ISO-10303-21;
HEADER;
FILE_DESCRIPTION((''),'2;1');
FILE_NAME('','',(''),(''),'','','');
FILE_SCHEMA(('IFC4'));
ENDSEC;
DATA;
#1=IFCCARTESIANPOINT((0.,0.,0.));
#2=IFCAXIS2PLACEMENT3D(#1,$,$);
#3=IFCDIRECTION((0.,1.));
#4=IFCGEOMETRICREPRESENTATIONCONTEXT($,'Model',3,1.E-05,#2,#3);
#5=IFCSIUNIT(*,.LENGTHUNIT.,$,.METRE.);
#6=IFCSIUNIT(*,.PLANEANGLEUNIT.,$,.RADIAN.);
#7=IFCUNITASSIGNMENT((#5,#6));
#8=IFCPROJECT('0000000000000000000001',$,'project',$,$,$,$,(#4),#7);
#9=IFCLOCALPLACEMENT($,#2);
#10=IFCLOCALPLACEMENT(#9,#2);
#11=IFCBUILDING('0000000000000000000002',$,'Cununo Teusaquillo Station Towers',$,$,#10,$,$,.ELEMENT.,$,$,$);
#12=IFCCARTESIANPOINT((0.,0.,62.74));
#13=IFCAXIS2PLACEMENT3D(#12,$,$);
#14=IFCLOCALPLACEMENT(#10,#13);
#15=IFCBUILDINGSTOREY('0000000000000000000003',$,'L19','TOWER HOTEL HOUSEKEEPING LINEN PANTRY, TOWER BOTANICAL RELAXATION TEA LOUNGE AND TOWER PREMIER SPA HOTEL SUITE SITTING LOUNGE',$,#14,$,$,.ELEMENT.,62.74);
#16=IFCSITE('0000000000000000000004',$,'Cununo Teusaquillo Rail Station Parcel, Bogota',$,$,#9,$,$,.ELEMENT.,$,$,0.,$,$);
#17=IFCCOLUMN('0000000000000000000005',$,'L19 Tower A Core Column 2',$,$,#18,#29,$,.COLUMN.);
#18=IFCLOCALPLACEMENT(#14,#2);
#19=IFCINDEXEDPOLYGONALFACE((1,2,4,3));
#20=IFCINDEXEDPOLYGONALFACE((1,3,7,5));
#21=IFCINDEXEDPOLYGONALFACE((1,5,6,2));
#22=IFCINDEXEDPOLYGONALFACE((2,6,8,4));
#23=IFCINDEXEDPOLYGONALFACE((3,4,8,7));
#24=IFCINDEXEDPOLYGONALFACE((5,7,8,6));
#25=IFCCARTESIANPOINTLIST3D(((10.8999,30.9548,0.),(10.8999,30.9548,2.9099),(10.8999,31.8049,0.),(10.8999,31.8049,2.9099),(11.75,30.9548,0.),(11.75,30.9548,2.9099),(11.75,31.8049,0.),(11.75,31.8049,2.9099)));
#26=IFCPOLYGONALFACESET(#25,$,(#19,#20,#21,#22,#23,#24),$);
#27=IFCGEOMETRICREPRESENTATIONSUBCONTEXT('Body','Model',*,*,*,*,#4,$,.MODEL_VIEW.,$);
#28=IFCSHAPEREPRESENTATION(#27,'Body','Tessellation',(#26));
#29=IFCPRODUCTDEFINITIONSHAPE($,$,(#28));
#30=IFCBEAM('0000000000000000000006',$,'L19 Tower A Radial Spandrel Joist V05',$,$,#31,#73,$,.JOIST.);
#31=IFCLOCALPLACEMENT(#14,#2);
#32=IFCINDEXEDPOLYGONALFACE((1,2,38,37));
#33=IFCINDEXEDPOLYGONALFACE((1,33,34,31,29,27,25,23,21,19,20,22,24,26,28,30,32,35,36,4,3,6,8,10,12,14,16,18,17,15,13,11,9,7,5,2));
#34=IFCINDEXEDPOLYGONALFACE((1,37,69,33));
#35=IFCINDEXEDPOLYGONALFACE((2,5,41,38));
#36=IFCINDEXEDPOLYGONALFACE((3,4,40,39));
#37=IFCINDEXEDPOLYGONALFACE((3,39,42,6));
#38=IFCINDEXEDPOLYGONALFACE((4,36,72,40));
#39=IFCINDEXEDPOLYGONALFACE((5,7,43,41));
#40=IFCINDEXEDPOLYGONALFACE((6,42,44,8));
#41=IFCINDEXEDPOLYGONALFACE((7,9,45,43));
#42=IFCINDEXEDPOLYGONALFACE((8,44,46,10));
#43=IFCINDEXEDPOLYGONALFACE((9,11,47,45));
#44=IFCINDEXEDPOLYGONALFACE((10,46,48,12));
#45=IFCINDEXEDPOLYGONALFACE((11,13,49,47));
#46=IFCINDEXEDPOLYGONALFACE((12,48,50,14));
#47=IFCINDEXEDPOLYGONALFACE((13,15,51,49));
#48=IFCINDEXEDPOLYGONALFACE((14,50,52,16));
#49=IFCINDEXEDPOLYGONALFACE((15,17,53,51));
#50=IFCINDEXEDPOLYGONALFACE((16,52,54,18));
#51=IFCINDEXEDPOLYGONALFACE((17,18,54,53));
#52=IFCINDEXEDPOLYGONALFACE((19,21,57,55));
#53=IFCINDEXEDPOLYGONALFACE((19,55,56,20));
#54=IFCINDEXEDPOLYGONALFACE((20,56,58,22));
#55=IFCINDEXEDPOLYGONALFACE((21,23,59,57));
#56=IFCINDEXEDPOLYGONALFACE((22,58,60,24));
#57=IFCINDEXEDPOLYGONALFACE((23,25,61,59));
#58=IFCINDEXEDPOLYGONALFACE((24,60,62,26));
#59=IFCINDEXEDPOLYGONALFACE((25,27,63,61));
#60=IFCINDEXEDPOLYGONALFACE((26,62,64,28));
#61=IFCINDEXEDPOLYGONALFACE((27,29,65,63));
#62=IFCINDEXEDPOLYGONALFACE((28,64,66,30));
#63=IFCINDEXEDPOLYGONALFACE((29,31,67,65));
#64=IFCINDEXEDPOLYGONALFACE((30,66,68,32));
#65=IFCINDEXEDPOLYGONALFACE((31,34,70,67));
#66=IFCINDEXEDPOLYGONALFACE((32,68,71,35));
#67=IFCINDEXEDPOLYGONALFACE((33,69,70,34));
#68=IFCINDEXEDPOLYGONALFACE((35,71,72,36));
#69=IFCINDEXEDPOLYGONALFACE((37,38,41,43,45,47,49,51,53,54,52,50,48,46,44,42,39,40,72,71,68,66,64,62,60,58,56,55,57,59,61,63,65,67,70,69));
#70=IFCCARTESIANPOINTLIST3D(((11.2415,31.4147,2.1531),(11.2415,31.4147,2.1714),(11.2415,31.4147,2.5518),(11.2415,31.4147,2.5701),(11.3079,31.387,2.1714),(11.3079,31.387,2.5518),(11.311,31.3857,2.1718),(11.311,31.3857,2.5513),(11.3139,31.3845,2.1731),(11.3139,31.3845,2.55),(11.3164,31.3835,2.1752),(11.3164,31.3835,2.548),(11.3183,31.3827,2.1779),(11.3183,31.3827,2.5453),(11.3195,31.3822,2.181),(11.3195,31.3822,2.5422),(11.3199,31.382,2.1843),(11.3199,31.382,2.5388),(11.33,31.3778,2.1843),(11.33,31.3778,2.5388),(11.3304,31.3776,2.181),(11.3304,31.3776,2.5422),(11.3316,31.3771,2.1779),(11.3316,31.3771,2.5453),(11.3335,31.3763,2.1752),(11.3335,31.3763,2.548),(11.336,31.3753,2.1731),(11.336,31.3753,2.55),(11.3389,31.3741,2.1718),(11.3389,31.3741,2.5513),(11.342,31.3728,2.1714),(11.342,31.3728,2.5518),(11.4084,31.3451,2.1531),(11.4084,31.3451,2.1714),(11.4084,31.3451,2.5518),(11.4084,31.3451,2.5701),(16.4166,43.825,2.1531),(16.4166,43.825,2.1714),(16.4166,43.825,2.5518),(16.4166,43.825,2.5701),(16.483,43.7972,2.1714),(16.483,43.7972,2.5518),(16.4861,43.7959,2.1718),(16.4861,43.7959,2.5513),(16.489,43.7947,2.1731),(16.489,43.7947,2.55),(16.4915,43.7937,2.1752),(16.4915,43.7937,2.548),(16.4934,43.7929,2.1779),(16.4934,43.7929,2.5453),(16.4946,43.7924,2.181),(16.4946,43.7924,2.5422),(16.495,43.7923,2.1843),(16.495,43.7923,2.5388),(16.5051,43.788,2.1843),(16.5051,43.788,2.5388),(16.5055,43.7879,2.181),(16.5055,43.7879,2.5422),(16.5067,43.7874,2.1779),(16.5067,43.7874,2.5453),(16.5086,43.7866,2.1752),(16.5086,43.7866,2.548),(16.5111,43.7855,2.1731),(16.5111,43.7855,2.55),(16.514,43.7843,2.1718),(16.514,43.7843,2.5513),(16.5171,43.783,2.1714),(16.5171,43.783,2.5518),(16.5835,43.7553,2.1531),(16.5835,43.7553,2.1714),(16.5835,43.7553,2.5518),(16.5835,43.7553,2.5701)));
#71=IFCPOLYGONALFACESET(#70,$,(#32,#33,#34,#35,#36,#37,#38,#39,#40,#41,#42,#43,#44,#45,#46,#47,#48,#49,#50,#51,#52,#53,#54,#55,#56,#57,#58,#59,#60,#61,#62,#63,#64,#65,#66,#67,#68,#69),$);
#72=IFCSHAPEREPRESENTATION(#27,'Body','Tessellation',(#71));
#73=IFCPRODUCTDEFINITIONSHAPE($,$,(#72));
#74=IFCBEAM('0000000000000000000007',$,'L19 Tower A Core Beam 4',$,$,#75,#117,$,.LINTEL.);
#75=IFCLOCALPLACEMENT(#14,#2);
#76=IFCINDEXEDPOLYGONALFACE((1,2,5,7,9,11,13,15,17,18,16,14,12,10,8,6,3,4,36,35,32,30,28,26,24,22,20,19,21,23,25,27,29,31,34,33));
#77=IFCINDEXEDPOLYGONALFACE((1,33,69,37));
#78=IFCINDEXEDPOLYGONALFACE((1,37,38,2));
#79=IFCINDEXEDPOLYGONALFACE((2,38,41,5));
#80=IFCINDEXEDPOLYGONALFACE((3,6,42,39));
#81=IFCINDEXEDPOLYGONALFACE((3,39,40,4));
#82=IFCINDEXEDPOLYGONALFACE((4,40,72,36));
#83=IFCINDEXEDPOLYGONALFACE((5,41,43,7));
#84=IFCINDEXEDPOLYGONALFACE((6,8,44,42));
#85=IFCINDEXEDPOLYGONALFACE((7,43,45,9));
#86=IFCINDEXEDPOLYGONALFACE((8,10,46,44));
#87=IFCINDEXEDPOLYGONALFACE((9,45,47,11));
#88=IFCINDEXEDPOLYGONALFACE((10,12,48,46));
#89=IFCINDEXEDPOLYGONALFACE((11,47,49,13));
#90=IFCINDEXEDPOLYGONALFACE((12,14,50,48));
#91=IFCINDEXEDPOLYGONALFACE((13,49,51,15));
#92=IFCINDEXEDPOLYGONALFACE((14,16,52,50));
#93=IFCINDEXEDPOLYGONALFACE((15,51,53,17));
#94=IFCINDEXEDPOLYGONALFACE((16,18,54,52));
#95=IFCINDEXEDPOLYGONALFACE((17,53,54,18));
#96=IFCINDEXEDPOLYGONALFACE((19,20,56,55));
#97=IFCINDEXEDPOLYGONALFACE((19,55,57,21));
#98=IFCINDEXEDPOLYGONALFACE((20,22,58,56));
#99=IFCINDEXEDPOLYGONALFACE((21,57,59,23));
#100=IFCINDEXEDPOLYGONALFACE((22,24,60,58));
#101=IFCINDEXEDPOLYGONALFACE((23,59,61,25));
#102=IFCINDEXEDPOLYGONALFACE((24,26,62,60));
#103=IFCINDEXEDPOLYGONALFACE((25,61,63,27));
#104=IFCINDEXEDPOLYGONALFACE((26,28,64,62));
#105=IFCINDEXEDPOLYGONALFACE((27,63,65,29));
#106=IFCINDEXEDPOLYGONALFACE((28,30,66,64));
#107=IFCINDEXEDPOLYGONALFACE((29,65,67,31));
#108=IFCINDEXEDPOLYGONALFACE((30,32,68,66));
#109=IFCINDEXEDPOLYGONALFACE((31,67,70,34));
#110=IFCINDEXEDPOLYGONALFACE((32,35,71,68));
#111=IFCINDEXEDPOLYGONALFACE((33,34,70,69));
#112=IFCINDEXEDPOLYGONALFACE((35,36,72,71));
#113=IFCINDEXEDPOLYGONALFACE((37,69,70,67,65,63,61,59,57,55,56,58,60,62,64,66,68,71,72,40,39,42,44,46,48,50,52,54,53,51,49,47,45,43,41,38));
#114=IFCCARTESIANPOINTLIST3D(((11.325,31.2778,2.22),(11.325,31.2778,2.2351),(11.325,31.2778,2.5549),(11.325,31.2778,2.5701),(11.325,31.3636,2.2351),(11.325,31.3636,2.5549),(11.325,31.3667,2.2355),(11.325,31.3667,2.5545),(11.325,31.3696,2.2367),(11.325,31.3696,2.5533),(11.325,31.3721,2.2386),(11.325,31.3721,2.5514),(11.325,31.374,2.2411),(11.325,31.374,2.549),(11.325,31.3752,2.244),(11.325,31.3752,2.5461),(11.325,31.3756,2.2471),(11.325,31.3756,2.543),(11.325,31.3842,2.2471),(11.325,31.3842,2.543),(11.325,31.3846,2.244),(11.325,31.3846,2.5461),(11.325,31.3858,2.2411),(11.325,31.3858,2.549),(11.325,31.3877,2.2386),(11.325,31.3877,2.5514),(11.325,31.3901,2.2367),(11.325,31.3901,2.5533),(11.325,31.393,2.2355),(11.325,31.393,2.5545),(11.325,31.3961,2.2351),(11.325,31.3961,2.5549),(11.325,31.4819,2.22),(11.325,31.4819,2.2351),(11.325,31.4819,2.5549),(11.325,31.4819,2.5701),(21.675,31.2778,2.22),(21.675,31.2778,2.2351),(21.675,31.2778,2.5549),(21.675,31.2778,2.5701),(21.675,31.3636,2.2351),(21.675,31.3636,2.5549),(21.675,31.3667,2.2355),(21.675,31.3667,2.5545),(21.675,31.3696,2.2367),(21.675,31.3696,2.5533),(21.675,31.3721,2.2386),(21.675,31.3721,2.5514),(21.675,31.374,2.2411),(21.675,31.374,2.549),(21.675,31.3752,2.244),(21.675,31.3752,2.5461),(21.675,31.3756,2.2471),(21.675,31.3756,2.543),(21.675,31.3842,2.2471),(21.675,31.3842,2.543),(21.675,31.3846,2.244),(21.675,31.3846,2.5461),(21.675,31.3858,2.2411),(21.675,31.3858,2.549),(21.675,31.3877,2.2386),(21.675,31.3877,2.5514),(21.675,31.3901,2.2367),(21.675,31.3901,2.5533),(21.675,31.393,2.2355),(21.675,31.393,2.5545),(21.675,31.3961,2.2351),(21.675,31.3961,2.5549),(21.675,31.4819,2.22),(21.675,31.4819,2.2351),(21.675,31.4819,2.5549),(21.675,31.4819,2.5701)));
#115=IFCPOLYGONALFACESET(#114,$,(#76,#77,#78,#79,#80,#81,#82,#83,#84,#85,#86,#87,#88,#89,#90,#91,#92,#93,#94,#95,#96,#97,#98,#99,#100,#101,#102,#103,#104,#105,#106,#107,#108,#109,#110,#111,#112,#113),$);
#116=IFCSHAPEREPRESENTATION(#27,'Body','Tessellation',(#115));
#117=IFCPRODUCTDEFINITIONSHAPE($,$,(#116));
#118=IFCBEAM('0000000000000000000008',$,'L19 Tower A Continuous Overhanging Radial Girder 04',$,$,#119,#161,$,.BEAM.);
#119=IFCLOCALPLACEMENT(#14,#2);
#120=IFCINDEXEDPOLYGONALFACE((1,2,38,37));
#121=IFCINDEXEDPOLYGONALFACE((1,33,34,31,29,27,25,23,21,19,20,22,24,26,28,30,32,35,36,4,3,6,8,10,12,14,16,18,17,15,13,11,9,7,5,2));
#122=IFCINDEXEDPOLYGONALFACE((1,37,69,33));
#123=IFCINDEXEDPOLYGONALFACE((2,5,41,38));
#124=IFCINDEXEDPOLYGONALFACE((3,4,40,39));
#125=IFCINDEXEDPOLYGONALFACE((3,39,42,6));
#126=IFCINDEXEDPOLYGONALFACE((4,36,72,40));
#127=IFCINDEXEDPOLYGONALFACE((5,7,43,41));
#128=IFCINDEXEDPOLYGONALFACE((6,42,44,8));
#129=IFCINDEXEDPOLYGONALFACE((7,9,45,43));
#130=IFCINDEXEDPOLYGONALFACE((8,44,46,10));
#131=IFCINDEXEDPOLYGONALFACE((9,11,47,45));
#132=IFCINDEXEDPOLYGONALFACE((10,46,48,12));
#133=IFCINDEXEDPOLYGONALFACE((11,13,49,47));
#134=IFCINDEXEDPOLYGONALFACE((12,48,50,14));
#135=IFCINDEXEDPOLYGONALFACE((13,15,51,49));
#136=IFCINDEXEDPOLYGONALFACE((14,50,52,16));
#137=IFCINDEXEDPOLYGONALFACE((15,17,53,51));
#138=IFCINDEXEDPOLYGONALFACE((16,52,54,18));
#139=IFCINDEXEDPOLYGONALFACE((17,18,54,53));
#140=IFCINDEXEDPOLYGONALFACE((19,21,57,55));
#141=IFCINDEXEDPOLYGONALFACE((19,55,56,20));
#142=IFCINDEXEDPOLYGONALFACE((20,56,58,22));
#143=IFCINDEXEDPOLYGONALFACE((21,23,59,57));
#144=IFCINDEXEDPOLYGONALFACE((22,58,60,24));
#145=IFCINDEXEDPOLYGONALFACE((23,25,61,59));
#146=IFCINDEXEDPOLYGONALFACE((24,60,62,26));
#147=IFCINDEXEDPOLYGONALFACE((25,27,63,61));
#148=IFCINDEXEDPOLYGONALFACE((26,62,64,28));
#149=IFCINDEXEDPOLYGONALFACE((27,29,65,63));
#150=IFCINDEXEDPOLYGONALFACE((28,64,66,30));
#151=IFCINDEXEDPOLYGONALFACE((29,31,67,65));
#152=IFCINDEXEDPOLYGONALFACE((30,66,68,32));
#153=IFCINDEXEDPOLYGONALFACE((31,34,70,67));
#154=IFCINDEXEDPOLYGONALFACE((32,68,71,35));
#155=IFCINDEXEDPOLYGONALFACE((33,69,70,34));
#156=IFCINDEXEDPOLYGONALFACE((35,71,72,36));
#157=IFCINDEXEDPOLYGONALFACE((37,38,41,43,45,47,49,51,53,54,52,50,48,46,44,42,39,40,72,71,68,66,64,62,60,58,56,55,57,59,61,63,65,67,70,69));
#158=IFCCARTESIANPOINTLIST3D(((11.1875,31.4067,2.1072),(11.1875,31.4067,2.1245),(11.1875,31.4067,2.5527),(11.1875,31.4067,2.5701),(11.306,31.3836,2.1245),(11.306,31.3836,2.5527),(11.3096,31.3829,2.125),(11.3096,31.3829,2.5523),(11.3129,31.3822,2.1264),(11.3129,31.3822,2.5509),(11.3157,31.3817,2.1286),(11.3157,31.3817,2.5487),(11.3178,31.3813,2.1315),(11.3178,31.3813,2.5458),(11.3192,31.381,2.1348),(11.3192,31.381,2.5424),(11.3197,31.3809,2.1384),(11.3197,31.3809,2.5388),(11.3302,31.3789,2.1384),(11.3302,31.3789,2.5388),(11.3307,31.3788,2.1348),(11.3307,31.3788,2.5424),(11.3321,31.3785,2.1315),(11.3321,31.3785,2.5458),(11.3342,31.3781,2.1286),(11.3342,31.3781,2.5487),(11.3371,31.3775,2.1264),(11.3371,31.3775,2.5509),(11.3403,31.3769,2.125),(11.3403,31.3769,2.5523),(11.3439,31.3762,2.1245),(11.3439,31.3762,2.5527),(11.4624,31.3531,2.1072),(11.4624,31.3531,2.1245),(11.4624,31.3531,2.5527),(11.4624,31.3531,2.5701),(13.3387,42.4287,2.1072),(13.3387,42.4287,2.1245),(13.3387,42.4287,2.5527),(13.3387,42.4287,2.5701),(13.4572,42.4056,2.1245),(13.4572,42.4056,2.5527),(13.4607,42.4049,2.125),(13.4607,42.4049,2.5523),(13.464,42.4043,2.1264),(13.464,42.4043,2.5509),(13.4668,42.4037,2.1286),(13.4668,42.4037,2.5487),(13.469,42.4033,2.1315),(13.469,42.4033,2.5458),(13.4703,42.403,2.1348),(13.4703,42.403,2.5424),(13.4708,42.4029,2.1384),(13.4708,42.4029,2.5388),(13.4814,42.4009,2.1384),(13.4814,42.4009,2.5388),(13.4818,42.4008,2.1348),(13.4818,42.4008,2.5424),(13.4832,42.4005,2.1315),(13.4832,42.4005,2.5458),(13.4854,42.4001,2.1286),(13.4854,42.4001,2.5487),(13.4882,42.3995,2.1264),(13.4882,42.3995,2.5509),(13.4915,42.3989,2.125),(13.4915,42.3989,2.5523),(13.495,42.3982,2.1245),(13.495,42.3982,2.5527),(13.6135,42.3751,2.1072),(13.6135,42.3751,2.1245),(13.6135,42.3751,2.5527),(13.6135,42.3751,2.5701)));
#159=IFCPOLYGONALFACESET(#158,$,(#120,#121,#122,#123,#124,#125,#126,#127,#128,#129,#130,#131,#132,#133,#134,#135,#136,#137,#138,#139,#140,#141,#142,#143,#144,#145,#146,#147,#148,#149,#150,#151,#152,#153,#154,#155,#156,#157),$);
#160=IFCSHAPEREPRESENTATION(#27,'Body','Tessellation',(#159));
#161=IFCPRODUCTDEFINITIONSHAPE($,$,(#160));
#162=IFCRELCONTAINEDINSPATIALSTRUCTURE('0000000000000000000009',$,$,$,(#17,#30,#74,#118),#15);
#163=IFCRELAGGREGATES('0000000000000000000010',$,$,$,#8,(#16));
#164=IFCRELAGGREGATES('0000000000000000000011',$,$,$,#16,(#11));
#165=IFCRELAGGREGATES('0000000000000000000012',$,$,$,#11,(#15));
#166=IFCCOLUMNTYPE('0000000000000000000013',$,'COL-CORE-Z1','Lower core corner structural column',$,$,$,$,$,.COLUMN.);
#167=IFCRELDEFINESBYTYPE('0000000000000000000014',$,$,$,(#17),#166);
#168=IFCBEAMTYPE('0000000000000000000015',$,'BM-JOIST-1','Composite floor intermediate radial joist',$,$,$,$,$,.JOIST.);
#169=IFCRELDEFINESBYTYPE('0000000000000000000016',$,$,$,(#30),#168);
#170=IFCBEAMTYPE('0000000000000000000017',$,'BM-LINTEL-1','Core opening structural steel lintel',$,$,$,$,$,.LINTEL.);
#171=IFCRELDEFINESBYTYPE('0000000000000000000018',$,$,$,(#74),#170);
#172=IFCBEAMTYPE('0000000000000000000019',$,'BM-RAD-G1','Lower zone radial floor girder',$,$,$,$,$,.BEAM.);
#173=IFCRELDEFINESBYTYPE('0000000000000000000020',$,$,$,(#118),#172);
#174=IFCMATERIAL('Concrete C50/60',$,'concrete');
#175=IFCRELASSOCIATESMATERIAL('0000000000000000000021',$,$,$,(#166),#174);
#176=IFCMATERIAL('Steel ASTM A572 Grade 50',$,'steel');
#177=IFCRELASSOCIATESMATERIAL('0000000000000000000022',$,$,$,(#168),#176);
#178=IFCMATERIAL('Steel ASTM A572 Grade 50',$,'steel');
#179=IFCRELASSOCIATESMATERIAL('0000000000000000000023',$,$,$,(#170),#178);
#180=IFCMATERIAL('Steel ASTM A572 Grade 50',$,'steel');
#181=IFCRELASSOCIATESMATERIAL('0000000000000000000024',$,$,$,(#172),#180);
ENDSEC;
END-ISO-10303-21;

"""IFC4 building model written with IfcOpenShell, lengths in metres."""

from ifc_helpers import new_model, si_unit, direction, frame, origin, origin_2d, place, context, subcontext, project, spatial, rectangle, i_section, extrude, material, material_profile, profile_set, type_object, element, save


model = new_model("IFC4")

# Units and contexts
model_context = context("Model", 3, precision=1e-05, world=origin(), true_north=direction((0.0, 1.0)))
body_context = subcontext(model_context, "Body", "Model", "MODEL_VIEW")
ifc_project = project(units=[si_unit("LENGTHUNIT", "METRE"), si_unit("PLANEANGLEUNIT", "RADIAN")], contexts=[model_context])

# Site, building, storey
site_placement = place(None, origin())
site = spatial("IfcSite", under=ifc_project, at=site_placement, Name="Cununo Teusaquillo Rail Station Parcel, Bogota", CompositionType="ELEMENT", RefElevation=0.0)
building_placement = place(site_placement, origin())
building = spatial("IfcBuilding", under=site, at=building_placement, Name="Cununo Teusaquillo Station Towers", CompositionType="ELEMENT")
storey_placement = place(building_placement, frame((0.0, 0.0, 62.74)))
storey = spatial("IfcBuildingStorey", under=building, at=storey_placement, Name="L19", Description="TOWER HOTEL HOUSEKEEPING LINEN PANTRY, TOWER BOTANICAL RELAXATION TEA LOUNGE AND TOWER PREMIER SPA HOTEL SUITE SITTING LOUNGE", CompositionType="ELEMENT", Elevation=62.74)

# Column
ifc_material_1 = material(Name="Concrete C50/60", Category="concrete")
ifc_material_profile_1 = material_profile(ifc_material_1, rectangle(XDim=0.8501, YDim=0.8501, at=origin_2d()), Name="RC-RECT-850x850")
ifc_profile_set_1 = profile_set([ifc_material_profile_1], Name="Concrete C50/60")
column_type = type_object("IfcColumnType", Name="COL-CORE-Z1", Description="Lower core corner structural column", PredefinedType="COLUMN", material=ifc_profile_set_1)
column_placement = place(storey_placement, frame((11.325, 31.3799, 0.0), z_axis=(0.0, 0.0, 1.0), x_axis=(1.0, 0.0, 0.0)))
element("IfcColumn", 1, at=column_placement, inside=storey, type_object=column_type, Name="L19 Tower A Core Column 2", PredefinedType="COLUMN", context=body_context, shape_type="SweptSolid", body=[
    extrude(rectangle(XDim=0.8501, YDim=0.8501, at=origin_2d()), origin(), (0.0, 0.0, 1.0), 2.9099),
])

# Beams
ifc_material_2 = material(Name="Steel ASTM A572 Grade 50", Category="steel")
ifc_material_profile_2 = material_profile(ifc_material_2, i_section(OverallWidth=0.1809, OverallDepth=0.417, WebThickness=0.011, FlangeThickness=0.0183, FilletRadius=0.0129, at=origin_2d()), Name="W16X57")
ifc_profile_set_2 = profile_set([ifc_material_profile_2], Name="Steel ASTM A572 Grade 50")
beam_type_1 = type_object("IfcBeamType", Name="BM-JOIST-1", Description="Composite floor intermediate radial joist", PredefinedType="JOIST", material=ifc_profile_set_2)
beam_1_placement = place(storey_placement, frame((11.325, 31.3799, 2.3616), z_axis=(0.384878, 0.922967, 0.0), x_axis=(-0.922967, 0.384878, 0.0)))
element("IfcBeam", 2, at=beam_1_placement, inside=storey, type_object=beam_type_1, Name="L19 Tower A Radial Spandrel Joist V05", PredefinedType="JOIST", context=body_context, shape_type="SweptSolid", body=[
    extrude(i_section(OverallWidth=0.1809, OverallDepth=0.417, WebThickness=0.011, FlangeThickness=0.0183, FilletRadius=0.0129, at=origin_2d()), origin(), (0.0, 0.0, 1.0), 13.446),
])
ifc_material_3 = material(Name="Steel ASTM A572 Grade 50", Category="steel")
ifc_material_profile_3 = material_profile(ifc_material_3, i_section(OverallWidth=0.2041, OverallDepth=0.3501, WebThickness=0.0085, FlangeThickness=0.0151, FilletRadius=0.012, at=origin_2d()), Name="W14X48")
ifc_profile_set_3 = profile_set([ifc_material_profile_3], Name="Steel ASTM A572 Grade 50")
beam_type_2 = type_object("IfcBeamType", Name="BM-LINTEL-1", Description="Core opening structural steel lintel", PredefinedType="LINTEL", material=ifc_profile_set_3)
beam_2_placement = place(storey_placement, frame((11.325, 31.3799, 2.395), z_axis=(1.0, 0.0, 0.0), x_axis=(0.0, 1.0, 0.0)))
element("IfcBeam", 3, at=beam_2_placement, inside=storey, type_object=beam_type_2, Name="L19 Tower A Core Beam 4", PredefinedType="LINTEL", context=body_context, shape_type="SweptSolid", body=[
    extrude(i_section(OverallWidth=0.2041, OverallDepth=0.3501, WebThickness=0.0085, FlangeThickness=0.0151, FilletRadius=0.012, at=origin_2d()), origin(), (0.0, 0.0, 1.0), 10.3501),
])
ifc_material_4 = material(Name="Steel ASTM A572 Grade 50", Category="steel")
ifc_material_profile_4 = material_profile(ifc_material_4, i_section(OverallWidth=0.28, OverallDepth=0.4629, WebThickness=0.0107, FlangeThickness=0.0173, FilletRadius=0.0139, at=origin_2d()), Name="W18X76")
ifc_profile_set_4 = profile_set([ifc_material_profile_4], Name="Steel ASTM A572 Grade 50")
beam_type_3 = type_object("IfcBeamType", Name="BM-RAD-G1", Description="Lower zone radial floor girder", PredefinedType="BEAM", material=ifc_profile_set_4)
beam_3_placement = place(storey_placement, frame((11.325, 31.3799, 2.3386), z_axis=(0.191553, 0.981482, 0.0), x_axis=(-0.981482, 0.191553, 0.0)))
element("IfcBeam", 4, at=beam_3_placement, inside=storey, type_object=beam_type_3, Name="L19 Tower A Continuous Overhanging Radial Girder 04", PredefinedType="BEAM", context=body_context, shape_type="SweptSolid", body=[
    extrude(i_section(OverallWidth=0.28, OverallDepth=0.4629, WebThickness=0.0107, FlangeThickness=0.0173, FilletRadius=0.0139, at=origin_2d()), origin(), (0.0, 0.0, 1.0), 11.23),
])

save(model, "model.ifc")
